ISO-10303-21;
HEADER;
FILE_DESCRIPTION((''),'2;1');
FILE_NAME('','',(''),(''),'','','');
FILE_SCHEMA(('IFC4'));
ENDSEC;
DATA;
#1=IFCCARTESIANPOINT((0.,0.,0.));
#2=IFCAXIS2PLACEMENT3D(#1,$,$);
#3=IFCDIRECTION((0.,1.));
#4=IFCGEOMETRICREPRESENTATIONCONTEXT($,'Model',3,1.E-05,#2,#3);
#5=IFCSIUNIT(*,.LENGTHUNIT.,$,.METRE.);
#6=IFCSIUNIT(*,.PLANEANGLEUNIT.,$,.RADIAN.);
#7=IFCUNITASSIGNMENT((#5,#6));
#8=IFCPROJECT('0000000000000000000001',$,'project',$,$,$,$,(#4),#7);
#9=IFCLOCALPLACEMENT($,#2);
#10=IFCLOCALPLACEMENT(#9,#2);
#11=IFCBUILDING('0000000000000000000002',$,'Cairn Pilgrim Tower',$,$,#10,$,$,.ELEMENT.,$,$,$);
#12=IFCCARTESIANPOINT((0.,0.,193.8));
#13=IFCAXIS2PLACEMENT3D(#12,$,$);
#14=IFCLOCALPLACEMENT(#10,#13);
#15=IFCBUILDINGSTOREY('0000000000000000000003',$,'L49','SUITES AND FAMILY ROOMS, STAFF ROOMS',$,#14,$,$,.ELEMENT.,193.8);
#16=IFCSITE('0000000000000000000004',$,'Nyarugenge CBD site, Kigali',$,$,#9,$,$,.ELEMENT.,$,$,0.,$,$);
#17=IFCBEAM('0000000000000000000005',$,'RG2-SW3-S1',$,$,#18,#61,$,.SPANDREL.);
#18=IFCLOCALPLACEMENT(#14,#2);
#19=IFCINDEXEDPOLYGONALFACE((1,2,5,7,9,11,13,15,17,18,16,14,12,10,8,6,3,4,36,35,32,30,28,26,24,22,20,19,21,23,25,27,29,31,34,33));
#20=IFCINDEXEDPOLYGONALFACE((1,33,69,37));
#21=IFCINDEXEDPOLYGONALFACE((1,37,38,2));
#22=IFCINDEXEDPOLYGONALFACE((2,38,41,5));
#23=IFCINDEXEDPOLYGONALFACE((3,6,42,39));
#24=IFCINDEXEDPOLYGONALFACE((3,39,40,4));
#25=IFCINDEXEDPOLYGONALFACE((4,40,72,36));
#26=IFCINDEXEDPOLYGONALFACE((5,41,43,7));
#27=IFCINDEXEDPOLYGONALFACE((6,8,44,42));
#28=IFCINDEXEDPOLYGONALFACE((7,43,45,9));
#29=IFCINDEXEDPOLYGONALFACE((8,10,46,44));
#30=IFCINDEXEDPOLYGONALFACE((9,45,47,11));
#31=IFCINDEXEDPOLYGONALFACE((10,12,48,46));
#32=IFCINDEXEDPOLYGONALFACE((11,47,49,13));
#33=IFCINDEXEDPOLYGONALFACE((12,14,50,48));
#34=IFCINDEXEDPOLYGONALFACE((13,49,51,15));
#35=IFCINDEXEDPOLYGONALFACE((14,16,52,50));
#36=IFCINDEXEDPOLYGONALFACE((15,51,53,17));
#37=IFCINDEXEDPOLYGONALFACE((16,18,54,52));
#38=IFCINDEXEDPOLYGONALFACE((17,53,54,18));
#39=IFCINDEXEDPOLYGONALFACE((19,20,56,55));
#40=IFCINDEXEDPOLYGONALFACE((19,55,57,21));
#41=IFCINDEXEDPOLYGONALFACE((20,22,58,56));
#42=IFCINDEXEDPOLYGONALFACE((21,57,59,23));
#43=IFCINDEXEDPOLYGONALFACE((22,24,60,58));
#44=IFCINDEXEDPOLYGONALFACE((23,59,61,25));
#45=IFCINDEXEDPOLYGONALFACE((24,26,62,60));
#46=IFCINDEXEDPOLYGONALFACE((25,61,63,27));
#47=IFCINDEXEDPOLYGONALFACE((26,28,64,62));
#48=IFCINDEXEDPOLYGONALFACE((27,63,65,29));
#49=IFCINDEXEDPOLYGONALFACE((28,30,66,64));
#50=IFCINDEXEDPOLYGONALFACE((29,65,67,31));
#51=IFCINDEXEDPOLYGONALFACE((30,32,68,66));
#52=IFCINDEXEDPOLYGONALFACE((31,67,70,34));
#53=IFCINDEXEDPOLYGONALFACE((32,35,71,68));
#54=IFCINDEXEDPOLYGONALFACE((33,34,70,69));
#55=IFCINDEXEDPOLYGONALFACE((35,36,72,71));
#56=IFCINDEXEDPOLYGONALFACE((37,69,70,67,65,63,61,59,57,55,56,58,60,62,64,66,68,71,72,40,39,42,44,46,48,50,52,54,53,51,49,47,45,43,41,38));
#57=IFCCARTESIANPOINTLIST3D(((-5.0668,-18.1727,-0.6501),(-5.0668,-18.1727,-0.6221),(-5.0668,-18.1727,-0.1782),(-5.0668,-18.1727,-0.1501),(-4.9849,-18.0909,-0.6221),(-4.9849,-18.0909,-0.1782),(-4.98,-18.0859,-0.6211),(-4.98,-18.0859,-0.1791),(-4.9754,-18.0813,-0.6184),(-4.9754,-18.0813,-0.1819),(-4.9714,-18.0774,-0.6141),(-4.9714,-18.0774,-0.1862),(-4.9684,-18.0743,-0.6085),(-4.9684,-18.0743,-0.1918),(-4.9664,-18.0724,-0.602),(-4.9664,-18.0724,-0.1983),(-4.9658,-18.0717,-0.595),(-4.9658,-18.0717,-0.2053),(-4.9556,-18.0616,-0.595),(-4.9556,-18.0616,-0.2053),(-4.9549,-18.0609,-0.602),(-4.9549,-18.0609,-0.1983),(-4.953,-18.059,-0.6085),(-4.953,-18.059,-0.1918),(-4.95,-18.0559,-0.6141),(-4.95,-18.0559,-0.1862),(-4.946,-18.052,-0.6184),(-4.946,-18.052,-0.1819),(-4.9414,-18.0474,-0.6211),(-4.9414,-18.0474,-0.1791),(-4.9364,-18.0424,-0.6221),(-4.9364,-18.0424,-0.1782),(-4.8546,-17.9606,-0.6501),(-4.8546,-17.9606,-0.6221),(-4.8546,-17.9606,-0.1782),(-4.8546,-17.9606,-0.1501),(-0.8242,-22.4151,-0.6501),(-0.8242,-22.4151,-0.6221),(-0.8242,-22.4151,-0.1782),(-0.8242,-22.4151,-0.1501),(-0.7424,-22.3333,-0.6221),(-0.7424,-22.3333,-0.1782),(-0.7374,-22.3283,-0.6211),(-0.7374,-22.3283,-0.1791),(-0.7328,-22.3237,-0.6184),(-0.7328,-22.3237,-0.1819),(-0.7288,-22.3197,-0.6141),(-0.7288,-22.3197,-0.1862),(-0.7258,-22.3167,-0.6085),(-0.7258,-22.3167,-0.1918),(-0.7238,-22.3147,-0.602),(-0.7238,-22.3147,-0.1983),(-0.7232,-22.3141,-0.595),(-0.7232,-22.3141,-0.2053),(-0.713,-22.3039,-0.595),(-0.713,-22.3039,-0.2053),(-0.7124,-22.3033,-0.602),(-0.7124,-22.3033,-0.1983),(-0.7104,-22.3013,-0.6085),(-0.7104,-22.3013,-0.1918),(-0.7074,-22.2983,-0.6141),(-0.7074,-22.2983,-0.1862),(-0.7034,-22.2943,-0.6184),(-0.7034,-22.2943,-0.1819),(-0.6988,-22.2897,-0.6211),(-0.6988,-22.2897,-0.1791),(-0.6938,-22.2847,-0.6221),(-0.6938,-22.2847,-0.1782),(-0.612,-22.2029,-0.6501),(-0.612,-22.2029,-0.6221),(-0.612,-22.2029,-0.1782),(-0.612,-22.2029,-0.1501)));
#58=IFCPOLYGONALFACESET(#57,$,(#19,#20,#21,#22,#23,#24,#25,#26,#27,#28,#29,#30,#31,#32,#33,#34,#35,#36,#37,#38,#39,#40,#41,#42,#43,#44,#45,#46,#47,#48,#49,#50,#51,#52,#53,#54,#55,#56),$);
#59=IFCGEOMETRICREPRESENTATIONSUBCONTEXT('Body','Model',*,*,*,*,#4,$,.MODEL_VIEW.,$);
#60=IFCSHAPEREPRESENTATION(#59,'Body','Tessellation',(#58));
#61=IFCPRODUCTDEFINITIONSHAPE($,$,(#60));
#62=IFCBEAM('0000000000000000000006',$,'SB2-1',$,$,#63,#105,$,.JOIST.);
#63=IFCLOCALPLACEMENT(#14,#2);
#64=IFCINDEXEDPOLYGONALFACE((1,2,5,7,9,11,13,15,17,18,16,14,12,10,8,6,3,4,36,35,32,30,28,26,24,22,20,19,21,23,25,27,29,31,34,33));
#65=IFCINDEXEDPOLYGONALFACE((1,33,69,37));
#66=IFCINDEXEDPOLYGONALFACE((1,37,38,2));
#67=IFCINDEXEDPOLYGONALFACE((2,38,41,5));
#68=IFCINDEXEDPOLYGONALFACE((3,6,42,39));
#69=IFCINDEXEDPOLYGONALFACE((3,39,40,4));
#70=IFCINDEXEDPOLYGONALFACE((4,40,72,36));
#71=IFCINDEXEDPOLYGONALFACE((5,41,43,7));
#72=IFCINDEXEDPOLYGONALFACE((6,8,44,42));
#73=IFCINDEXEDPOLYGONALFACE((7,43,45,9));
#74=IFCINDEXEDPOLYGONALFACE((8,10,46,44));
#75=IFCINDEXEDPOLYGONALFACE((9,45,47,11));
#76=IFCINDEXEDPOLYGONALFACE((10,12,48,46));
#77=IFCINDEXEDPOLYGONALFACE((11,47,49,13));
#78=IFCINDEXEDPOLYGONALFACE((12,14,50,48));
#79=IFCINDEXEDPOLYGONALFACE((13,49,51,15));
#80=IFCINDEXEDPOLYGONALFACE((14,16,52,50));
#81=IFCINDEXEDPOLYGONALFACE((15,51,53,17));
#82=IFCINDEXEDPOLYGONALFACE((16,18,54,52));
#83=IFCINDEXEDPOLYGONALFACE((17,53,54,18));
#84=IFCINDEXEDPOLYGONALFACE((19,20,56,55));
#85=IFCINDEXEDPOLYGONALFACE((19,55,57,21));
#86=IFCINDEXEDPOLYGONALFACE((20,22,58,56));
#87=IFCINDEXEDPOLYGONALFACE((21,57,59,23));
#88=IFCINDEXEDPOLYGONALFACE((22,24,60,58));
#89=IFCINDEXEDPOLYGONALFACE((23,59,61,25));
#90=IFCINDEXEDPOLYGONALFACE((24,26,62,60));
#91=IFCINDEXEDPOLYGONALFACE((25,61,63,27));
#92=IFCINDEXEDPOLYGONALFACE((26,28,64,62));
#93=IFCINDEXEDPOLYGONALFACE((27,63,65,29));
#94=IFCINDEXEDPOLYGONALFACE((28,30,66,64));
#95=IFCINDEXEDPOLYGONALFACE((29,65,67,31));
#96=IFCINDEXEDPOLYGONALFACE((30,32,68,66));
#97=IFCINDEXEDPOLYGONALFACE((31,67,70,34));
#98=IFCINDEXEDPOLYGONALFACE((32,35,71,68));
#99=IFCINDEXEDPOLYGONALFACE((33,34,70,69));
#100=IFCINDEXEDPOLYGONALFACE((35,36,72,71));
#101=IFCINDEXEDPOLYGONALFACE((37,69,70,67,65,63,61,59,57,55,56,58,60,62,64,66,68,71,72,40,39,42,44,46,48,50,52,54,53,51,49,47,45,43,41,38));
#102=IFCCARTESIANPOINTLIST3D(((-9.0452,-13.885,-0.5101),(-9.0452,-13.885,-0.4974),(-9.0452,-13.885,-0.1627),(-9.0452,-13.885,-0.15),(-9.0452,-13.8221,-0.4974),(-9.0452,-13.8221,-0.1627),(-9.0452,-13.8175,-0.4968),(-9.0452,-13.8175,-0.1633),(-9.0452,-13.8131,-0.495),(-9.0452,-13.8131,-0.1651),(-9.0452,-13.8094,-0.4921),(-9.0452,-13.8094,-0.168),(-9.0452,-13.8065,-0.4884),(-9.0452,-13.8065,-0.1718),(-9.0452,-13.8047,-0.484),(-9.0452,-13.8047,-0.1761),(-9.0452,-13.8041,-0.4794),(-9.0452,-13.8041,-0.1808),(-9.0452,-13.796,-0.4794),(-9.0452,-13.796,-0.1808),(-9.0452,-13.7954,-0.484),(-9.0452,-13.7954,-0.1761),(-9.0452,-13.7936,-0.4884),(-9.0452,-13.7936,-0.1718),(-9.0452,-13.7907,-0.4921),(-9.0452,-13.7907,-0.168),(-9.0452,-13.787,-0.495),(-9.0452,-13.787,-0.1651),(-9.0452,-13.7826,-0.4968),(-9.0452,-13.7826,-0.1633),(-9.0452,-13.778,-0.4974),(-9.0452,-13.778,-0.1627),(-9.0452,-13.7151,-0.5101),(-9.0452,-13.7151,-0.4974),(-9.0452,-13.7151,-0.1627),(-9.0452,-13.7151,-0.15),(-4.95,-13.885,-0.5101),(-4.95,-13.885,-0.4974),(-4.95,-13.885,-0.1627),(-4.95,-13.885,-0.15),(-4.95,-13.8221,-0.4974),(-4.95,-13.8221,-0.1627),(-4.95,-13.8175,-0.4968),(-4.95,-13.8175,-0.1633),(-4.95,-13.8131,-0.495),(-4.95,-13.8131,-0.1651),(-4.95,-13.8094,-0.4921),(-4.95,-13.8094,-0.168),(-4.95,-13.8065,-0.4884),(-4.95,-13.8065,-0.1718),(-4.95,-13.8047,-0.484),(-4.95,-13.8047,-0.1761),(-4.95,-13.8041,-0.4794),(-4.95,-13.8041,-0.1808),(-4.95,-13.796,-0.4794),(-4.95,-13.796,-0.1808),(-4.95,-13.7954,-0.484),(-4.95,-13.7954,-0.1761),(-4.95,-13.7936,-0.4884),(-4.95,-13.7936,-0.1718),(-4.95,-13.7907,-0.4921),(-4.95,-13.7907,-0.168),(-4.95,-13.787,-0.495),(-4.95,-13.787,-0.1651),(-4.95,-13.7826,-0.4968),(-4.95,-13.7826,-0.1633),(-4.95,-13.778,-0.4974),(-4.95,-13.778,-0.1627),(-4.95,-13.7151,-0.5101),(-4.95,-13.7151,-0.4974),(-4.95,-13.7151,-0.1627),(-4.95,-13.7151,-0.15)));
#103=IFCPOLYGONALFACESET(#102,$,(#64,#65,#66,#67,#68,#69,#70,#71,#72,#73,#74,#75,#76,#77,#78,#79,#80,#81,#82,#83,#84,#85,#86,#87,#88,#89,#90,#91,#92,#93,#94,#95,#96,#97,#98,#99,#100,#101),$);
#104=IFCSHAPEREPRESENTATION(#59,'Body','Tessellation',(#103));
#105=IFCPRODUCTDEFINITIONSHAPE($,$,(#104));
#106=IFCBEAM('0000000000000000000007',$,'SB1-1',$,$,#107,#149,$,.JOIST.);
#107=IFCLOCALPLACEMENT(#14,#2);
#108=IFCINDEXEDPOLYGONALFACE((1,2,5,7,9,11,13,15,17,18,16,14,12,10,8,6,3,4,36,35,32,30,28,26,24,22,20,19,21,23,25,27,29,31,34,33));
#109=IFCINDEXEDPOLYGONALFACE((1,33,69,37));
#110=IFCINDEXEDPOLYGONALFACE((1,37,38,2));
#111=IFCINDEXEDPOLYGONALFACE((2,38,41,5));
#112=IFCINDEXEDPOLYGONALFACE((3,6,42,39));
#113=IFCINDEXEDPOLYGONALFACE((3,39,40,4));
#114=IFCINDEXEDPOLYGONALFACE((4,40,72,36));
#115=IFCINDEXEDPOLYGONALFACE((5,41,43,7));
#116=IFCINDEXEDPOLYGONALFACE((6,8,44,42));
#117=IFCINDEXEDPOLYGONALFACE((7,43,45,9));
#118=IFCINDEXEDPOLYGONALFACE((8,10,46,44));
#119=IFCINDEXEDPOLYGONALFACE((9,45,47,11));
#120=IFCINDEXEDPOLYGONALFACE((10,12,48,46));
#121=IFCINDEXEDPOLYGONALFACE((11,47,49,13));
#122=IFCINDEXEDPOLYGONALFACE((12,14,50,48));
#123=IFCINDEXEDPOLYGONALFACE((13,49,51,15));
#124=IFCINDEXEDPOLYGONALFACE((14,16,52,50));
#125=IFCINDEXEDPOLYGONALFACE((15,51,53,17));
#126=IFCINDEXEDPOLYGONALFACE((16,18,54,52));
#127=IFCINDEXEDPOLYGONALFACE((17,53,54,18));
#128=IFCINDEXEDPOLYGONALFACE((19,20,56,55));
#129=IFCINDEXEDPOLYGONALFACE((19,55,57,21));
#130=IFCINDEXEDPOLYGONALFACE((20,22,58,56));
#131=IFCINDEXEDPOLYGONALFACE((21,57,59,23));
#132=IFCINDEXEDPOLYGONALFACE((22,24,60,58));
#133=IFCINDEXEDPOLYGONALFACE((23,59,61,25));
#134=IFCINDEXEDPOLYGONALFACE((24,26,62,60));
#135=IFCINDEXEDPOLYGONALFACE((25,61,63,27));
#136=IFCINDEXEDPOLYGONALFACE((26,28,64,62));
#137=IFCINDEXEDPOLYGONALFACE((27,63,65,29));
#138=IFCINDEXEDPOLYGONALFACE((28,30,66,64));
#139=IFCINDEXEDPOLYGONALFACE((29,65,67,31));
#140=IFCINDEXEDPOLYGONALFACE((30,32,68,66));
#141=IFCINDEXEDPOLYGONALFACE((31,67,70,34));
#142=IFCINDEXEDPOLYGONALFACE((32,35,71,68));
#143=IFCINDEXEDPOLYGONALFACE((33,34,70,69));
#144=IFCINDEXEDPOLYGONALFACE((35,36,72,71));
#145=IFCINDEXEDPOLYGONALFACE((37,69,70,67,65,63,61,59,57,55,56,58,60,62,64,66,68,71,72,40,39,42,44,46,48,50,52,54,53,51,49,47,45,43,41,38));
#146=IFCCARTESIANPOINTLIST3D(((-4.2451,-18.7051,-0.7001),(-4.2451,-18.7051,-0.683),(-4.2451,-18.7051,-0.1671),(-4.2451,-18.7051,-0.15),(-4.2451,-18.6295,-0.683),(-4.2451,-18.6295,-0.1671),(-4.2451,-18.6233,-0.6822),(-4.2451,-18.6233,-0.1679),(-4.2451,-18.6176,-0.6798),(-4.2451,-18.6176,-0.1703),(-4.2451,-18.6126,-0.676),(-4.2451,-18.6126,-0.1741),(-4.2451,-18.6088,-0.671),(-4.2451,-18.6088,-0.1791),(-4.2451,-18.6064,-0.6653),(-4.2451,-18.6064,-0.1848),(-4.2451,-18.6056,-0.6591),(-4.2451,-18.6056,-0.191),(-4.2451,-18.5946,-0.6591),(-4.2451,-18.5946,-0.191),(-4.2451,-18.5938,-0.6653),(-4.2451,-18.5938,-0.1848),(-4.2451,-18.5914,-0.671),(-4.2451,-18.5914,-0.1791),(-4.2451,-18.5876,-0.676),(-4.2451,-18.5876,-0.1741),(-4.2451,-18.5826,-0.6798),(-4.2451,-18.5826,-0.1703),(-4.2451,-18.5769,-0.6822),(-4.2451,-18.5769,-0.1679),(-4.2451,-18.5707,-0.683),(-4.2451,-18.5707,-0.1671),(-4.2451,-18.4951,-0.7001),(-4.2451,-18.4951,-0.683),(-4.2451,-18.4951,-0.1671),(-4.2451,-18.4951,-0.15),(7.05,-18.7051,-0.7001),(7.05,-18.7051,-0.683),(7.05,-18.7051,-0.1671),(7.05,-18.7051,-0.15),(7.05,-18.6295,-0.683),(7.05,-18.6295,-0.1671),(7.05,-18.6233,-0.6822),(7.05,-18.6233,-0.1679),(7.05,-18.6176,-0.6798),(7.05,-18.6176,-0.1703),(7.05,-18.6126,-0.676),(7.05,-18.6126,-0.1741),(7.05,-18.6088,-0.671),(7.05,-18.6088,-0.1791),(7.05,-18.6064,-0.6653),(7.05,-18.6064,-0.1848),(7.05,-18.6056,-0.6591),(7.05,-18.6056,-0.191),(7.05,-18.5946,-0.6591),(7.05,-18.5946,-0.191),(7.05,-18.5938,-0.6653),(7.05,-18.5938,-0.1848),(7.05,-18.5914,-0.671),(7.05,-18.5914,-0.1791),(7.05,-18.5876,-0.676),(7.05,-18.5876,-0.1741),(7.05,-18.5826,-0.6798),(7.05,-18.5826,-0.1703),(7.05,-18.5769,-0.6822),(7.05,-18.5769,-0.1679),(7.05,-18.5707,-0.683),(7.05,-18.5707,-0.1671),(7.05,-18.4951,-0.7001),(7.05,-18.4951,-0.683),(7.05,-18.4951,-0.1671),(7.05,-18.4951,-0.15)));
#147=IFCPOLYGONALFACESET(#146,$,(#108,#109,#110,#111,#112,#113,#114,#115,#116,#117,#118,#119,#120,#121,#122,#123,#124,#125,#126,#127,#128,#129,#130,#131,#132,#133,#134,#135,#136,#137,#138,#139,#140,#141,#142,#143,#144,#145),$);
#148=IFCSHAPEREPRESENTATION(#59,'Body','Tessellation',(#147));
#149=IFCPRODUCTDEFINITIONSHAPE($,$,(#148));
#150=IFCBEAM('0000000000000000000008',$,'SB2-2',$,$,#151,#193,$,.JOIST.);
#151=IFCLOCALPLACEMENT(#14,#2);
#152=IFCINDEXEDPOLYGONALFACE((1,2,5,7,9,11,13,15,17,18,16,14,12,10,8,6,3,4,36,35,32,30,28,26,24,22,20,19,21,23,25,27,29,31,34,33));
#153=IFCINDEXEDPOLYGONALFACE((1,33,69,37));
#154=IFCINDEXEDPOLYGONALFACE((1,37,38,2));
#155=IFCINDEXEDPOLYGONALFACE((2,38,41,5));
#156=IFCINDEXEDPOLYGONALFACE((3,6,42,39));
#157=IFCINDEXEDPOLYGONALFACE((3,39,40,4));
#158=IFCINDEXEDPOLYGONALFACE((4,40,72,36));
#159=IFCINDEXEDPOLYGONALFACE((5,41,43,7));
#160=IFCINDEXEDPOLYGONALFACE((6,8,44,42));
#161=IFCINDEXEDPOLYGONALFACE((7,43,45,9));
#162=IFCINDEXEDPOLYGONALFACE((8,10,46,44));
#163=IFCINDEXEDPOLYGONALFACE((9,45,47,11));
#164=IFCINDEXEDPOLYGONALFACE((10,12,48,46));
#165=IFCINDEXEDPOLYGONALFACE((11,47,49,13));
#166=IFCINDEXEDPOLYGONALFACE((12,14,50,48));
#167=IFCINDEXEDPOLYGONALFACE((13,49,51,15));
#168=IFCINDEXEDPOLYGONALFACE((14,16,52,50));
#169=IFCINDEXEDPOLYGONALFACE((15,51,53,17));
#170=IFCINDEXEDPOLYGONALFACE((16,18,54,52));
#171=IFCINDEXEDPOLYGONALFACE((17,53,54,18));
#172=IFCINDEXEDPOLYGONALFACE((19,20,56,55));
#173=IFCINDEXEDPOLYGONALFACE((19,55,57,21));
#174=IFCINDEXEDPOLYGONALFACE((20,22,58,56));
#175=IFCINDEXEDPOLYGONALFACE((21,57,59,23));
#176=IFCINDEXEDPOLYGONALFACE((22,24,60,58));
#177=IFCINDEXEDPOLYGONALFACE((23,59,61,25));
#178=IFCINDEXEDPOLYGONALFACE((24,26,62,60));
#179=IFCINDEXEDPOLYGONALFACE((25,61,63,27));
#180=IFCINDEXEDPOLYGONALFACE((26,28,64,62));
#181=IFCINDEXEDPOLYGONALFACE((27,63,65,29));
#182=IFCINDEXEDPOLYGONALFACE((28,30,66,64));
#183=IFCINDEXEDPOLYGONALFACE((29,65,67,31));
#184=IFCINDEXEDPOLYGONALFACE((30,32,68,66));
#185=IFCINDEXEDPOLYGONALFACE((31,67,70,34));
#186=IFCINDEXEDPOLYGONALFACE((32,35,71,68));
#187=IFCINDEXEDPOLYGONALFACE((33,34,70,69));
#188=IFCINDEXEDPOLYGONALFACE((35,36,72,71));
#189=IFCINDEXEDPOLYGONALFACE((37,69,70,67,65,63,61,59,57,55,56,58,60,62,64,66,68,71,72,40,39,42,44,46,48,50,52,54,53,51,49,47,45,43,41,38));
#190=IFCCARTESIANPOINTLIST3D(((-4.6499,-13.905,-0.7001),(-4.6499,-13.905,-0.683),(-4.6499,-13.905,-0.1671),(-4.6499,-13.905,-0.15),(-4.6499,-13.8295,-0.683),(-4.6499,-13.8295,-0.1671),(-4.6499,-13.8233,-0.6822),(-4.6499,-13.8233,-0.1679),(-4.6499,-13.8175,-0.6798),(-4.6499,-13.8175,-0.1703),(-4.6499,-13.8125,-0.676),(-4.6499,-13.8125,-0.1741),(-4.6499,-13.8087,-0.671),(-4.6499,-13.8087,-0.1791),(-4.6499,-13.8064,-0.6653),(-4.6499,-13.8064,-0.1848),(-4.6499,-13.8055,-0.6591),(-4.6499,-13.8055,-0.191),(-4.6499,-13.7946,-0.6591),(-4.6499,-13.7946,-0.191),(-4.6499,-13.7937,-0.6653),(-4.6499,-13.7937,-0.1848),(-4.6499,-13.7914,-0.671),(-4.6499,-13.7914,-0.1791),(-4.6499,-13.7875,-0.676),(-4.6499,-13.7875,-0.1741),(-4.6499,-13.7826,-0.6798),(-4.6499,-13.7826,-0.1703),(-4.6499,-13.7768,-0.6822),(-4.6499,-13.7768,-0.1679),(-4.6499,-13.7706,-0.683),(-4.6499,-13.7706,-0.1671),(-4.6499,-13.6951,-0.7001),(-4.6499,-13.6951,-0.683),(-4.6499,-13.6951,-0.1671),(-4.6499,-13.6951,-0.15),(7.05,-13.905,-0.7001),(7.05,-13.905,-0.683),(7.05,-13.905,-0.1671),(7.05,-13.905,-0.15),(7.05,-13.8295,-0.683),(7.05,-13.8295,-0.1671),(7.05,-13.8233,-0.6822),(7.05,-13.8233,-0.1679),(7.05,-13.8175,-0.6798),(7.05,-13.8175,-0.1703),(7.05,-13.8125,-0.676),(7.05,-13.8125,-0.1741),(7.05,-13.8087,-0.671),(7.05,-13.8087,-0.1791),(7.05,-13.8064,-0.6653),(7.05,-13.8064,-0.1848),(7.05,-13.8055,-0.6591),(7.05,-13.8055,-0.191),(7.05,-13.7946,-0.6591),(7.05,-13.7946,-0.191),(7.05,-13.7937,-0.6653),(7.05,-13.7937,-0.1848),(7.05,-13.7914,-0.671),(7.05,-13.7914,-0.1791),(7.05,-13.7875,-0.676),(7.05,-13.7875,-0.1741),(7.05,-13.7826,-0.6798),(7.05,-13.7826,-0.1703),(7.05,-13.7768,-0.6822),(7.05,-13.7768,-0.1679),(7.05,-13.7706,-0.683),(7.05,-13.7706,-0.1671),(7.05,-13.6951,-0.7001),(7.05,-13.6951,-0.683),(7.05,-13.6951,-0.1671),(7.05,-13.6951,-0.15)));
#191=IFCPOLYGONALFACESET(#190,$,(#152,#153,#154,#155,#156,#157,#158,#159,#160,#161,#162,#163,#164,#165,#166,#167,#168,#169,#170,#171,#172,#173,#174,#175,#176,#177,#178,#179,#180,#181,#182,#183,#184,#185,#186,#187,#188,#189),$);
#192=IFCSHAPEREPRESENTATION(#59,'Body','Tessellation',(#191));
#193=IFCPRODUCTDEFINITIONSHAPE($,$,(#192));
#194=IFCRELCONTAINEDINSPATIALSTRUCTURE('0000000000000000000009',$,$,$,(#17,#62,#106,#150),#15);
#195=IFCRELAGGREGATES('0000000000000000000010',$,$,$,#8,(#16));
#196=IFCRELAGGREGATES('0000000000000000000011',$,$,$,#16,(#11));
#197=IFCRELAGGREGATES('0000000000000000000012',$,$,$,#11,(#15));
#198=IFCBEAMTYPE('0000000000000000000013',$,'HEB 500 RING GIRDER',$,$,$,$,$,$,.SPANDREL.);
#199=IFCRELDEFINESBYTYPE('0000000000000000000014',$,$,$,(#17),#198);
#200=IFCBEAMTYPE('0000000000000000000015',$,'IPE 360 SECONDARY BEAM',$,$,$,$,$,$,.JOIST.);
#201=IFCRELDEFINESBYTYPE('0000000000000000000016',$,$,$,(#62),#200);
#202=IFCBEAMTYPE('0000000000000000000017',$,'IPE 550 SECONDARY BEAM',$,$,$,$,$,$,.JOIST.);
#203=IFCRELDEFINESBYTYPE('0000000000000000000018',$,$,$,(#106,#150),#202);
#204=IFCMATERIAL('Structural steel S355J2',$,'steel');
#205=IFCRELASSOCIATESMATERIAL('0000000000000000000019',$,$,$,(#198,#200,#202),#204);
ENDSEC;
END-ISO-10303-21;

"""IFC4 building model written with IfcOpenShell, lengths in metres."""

from ifc_helpers import new_model, si_unit, direction, frame, origin, origin_2d, place, context, subcontext, project, spatial, i_section, extrude, material, material_profile, profile_set, type_object, element, save


model = new_model("IFC4")

# Units and contexts
model_context = context("Model", 3, precision=1e-05, world=origin(), true_north=direction((0.0, 1.0)))
body_context = subcontext(model_context, "Body", "Model", "MODEL_VIEW")
ifc_project = project(units=[si_unit("LENGTHUNIT", "METRE"), si_unit("PLANEANGLEUNIT", "RADIAN")], contexts=[model_context])

# Site, building, storey
site_placement = place(None, origin())
site = spatial("IfcSite", under=ifc_project, at=site_placement, Name="Nyarugenge CBD site, Kigali", CompositionType="ELEMENT", RefElevation=0.0)
building_placement = place(site_placement, origin())
building = spatial("IfcBuilding", under=site, at=building_placement, Name="Cairn Pilgrim Tower", CompositionType="ELEMENT")
storey_placement = place(building_placement, frame((0.0, 0.0, 193.8)))
storey = spatial("IfcBuildingStorey", under=building, at=storey_placement, Name="L49", Description="SUITES AND FAMILY ROOMS, STAFF ROOMS", CompositionType="ELEMENT", Elevation=193.8)

# Shared definitions
ifc_material_1 = material(Name="Structural steel S355J2", Category="steel")

# Beams
ifc_material_profile_1 = material_profile(ifc_material_1, i_section(OverallWidth=0.3, OverallDepth=0.5, WebThickness=0.0144, FlangeThickness=0.0281, FilletRadius=0.0271, at=origin_2d()), Name="HEB 500")
ifc_profile_set_1 = profile_set([ifc_material_profile_1], Name="Structural steel S355J2")
beam_type_1 = type_object("IfcBeamType", Name="HEB 500 RING GIRDER", PredefinedType="SPANDREL", material=ifc_profile_set_1)
beam_1_placement = place(storey_placement, frame((-4.9607, -18.0667, -0.4001), z_axis=(0.707127, -0.707086, 0.0), x_axis=(0.707086, 0.707127, 0.0)))
element("IfcBeam", 1, at=beam_1_placement, inside=storey, type_object=beam_type_1, Name="RG2-SW3-S1", PredefinedType="SPANDREL", context=body_context, shape_type="SweptSolid", body=[
    extrude(i_section(OverallWidth=0.3, OverallDepth=0.5, WebThickness=0.0144, FlangeThickness=0.0281, FilletRadius=0.0271, at=origin_2d()), origin(), (0.0, 0.0, 1.0), 5.9998),
])
ifc_material_profile_2 = material_profile(ifc_material_1, i_section(OverallWidth=0.1699, OverallDepth=0.3601, WebThickness=0.0081, FlangeThickness=0.0127, FilletRadius=0.0181, at=origin_2d()), Name="IPE 360")
ifc_profile_set_2 = profile_set([ifc_material_profile_2], Name="Structural steel S355J2")
beam_type_2 = type_object("IfcBeamType", Name="IPE 360 SECONDARY BEAM", PredefinedType="JOIST", material=ifc_profile_set_2)
beam_2_placement = place(storey_placement, frame((-9.0452, -13.8, -0.3301), z_axis=(1.0, 0.0, 0.0), x_axis=(0.0, 1.0, 0.0)))
element("IfcBeam", 2, at=beam_2_placement, inside=storey, type_object=beam_type_2, Name="SB2-1", PredefinedType="JOIST", context=body_context, shape_type="SweptSolid", body=[
    extrude(i_section(OverallWidth=0.1699, OverallDepth=0.3601, WebThickness=0.0081, FlangeThickness=0.0127, FilletRadius=0.0181, at=origin_2d()), origin(), (0.0, 0.0, 1.0), 4.0952),
])
ifc_material_profile_3 = material_profile(ifc_material_1, i_section(OverallWidth=0.21, OverallDepth=0.55, WebThickness=0.011, FlangeThickness=0.0171, FilletRadius=0.0239, at=origin_2d()), Name="IPE 550")
ifc_profile_set_3 = profile_set([ifc_material_profile_3], Name="Structural steel S355J2")
beam_type_3 = type_object("IfcBeamType", Name="IPE 550 SECONDARY BEAM", PredefinedType="JOIST", material=ifc_profile_set_3)
beam_3_placement = place(storey_placement, frame((-4.2451, -18.6001, -0.425), z_axis=(1.0, 0.0, 0.0), x_axis=(0.0, 1.0, 0.0)))
element("IfcBeam", 3, at=beam_3_placement, inside=storey, type_object=beam_type_3, Name="SB1-1", PredefinedType="JOIST", context=body_context, shape_type="SweptSolid", body=[
    extrude(i_section(OverallWidth=0.21, OverallDepth=0.55, WebThickness=0.011, FlangeThickness=0.0171, FilletRadius=0.0239, at=origin_2d()), origin(), (0.0, 0.0, 1.0), 11.2952),
])
beam_4_placement = place(storey_placement, frame((-4.6499, -13.8, -0.425), z_axis=(1.0, 0.0, 0.0), x_axis=(0.0, 1.0, 0.0)))
element("IfcBeam", 4, at=beam_4_placement, inside=storey, type_object=beam_type_3, Name="SB2-2", PredefinedType="JOIST", context=body_context, shape_type="SweptSolid", body=[
    extrude(i_section(OverallWidth=0.21, OverallDepth=0.55, WebThickness=0.011, FlangeThickness=0.0171, FilletRadius=0.0239, at=origin_2d()), origin(), (0.0, 0.0, 1.0), 11.7),
])

save(model, "model.ifc")
